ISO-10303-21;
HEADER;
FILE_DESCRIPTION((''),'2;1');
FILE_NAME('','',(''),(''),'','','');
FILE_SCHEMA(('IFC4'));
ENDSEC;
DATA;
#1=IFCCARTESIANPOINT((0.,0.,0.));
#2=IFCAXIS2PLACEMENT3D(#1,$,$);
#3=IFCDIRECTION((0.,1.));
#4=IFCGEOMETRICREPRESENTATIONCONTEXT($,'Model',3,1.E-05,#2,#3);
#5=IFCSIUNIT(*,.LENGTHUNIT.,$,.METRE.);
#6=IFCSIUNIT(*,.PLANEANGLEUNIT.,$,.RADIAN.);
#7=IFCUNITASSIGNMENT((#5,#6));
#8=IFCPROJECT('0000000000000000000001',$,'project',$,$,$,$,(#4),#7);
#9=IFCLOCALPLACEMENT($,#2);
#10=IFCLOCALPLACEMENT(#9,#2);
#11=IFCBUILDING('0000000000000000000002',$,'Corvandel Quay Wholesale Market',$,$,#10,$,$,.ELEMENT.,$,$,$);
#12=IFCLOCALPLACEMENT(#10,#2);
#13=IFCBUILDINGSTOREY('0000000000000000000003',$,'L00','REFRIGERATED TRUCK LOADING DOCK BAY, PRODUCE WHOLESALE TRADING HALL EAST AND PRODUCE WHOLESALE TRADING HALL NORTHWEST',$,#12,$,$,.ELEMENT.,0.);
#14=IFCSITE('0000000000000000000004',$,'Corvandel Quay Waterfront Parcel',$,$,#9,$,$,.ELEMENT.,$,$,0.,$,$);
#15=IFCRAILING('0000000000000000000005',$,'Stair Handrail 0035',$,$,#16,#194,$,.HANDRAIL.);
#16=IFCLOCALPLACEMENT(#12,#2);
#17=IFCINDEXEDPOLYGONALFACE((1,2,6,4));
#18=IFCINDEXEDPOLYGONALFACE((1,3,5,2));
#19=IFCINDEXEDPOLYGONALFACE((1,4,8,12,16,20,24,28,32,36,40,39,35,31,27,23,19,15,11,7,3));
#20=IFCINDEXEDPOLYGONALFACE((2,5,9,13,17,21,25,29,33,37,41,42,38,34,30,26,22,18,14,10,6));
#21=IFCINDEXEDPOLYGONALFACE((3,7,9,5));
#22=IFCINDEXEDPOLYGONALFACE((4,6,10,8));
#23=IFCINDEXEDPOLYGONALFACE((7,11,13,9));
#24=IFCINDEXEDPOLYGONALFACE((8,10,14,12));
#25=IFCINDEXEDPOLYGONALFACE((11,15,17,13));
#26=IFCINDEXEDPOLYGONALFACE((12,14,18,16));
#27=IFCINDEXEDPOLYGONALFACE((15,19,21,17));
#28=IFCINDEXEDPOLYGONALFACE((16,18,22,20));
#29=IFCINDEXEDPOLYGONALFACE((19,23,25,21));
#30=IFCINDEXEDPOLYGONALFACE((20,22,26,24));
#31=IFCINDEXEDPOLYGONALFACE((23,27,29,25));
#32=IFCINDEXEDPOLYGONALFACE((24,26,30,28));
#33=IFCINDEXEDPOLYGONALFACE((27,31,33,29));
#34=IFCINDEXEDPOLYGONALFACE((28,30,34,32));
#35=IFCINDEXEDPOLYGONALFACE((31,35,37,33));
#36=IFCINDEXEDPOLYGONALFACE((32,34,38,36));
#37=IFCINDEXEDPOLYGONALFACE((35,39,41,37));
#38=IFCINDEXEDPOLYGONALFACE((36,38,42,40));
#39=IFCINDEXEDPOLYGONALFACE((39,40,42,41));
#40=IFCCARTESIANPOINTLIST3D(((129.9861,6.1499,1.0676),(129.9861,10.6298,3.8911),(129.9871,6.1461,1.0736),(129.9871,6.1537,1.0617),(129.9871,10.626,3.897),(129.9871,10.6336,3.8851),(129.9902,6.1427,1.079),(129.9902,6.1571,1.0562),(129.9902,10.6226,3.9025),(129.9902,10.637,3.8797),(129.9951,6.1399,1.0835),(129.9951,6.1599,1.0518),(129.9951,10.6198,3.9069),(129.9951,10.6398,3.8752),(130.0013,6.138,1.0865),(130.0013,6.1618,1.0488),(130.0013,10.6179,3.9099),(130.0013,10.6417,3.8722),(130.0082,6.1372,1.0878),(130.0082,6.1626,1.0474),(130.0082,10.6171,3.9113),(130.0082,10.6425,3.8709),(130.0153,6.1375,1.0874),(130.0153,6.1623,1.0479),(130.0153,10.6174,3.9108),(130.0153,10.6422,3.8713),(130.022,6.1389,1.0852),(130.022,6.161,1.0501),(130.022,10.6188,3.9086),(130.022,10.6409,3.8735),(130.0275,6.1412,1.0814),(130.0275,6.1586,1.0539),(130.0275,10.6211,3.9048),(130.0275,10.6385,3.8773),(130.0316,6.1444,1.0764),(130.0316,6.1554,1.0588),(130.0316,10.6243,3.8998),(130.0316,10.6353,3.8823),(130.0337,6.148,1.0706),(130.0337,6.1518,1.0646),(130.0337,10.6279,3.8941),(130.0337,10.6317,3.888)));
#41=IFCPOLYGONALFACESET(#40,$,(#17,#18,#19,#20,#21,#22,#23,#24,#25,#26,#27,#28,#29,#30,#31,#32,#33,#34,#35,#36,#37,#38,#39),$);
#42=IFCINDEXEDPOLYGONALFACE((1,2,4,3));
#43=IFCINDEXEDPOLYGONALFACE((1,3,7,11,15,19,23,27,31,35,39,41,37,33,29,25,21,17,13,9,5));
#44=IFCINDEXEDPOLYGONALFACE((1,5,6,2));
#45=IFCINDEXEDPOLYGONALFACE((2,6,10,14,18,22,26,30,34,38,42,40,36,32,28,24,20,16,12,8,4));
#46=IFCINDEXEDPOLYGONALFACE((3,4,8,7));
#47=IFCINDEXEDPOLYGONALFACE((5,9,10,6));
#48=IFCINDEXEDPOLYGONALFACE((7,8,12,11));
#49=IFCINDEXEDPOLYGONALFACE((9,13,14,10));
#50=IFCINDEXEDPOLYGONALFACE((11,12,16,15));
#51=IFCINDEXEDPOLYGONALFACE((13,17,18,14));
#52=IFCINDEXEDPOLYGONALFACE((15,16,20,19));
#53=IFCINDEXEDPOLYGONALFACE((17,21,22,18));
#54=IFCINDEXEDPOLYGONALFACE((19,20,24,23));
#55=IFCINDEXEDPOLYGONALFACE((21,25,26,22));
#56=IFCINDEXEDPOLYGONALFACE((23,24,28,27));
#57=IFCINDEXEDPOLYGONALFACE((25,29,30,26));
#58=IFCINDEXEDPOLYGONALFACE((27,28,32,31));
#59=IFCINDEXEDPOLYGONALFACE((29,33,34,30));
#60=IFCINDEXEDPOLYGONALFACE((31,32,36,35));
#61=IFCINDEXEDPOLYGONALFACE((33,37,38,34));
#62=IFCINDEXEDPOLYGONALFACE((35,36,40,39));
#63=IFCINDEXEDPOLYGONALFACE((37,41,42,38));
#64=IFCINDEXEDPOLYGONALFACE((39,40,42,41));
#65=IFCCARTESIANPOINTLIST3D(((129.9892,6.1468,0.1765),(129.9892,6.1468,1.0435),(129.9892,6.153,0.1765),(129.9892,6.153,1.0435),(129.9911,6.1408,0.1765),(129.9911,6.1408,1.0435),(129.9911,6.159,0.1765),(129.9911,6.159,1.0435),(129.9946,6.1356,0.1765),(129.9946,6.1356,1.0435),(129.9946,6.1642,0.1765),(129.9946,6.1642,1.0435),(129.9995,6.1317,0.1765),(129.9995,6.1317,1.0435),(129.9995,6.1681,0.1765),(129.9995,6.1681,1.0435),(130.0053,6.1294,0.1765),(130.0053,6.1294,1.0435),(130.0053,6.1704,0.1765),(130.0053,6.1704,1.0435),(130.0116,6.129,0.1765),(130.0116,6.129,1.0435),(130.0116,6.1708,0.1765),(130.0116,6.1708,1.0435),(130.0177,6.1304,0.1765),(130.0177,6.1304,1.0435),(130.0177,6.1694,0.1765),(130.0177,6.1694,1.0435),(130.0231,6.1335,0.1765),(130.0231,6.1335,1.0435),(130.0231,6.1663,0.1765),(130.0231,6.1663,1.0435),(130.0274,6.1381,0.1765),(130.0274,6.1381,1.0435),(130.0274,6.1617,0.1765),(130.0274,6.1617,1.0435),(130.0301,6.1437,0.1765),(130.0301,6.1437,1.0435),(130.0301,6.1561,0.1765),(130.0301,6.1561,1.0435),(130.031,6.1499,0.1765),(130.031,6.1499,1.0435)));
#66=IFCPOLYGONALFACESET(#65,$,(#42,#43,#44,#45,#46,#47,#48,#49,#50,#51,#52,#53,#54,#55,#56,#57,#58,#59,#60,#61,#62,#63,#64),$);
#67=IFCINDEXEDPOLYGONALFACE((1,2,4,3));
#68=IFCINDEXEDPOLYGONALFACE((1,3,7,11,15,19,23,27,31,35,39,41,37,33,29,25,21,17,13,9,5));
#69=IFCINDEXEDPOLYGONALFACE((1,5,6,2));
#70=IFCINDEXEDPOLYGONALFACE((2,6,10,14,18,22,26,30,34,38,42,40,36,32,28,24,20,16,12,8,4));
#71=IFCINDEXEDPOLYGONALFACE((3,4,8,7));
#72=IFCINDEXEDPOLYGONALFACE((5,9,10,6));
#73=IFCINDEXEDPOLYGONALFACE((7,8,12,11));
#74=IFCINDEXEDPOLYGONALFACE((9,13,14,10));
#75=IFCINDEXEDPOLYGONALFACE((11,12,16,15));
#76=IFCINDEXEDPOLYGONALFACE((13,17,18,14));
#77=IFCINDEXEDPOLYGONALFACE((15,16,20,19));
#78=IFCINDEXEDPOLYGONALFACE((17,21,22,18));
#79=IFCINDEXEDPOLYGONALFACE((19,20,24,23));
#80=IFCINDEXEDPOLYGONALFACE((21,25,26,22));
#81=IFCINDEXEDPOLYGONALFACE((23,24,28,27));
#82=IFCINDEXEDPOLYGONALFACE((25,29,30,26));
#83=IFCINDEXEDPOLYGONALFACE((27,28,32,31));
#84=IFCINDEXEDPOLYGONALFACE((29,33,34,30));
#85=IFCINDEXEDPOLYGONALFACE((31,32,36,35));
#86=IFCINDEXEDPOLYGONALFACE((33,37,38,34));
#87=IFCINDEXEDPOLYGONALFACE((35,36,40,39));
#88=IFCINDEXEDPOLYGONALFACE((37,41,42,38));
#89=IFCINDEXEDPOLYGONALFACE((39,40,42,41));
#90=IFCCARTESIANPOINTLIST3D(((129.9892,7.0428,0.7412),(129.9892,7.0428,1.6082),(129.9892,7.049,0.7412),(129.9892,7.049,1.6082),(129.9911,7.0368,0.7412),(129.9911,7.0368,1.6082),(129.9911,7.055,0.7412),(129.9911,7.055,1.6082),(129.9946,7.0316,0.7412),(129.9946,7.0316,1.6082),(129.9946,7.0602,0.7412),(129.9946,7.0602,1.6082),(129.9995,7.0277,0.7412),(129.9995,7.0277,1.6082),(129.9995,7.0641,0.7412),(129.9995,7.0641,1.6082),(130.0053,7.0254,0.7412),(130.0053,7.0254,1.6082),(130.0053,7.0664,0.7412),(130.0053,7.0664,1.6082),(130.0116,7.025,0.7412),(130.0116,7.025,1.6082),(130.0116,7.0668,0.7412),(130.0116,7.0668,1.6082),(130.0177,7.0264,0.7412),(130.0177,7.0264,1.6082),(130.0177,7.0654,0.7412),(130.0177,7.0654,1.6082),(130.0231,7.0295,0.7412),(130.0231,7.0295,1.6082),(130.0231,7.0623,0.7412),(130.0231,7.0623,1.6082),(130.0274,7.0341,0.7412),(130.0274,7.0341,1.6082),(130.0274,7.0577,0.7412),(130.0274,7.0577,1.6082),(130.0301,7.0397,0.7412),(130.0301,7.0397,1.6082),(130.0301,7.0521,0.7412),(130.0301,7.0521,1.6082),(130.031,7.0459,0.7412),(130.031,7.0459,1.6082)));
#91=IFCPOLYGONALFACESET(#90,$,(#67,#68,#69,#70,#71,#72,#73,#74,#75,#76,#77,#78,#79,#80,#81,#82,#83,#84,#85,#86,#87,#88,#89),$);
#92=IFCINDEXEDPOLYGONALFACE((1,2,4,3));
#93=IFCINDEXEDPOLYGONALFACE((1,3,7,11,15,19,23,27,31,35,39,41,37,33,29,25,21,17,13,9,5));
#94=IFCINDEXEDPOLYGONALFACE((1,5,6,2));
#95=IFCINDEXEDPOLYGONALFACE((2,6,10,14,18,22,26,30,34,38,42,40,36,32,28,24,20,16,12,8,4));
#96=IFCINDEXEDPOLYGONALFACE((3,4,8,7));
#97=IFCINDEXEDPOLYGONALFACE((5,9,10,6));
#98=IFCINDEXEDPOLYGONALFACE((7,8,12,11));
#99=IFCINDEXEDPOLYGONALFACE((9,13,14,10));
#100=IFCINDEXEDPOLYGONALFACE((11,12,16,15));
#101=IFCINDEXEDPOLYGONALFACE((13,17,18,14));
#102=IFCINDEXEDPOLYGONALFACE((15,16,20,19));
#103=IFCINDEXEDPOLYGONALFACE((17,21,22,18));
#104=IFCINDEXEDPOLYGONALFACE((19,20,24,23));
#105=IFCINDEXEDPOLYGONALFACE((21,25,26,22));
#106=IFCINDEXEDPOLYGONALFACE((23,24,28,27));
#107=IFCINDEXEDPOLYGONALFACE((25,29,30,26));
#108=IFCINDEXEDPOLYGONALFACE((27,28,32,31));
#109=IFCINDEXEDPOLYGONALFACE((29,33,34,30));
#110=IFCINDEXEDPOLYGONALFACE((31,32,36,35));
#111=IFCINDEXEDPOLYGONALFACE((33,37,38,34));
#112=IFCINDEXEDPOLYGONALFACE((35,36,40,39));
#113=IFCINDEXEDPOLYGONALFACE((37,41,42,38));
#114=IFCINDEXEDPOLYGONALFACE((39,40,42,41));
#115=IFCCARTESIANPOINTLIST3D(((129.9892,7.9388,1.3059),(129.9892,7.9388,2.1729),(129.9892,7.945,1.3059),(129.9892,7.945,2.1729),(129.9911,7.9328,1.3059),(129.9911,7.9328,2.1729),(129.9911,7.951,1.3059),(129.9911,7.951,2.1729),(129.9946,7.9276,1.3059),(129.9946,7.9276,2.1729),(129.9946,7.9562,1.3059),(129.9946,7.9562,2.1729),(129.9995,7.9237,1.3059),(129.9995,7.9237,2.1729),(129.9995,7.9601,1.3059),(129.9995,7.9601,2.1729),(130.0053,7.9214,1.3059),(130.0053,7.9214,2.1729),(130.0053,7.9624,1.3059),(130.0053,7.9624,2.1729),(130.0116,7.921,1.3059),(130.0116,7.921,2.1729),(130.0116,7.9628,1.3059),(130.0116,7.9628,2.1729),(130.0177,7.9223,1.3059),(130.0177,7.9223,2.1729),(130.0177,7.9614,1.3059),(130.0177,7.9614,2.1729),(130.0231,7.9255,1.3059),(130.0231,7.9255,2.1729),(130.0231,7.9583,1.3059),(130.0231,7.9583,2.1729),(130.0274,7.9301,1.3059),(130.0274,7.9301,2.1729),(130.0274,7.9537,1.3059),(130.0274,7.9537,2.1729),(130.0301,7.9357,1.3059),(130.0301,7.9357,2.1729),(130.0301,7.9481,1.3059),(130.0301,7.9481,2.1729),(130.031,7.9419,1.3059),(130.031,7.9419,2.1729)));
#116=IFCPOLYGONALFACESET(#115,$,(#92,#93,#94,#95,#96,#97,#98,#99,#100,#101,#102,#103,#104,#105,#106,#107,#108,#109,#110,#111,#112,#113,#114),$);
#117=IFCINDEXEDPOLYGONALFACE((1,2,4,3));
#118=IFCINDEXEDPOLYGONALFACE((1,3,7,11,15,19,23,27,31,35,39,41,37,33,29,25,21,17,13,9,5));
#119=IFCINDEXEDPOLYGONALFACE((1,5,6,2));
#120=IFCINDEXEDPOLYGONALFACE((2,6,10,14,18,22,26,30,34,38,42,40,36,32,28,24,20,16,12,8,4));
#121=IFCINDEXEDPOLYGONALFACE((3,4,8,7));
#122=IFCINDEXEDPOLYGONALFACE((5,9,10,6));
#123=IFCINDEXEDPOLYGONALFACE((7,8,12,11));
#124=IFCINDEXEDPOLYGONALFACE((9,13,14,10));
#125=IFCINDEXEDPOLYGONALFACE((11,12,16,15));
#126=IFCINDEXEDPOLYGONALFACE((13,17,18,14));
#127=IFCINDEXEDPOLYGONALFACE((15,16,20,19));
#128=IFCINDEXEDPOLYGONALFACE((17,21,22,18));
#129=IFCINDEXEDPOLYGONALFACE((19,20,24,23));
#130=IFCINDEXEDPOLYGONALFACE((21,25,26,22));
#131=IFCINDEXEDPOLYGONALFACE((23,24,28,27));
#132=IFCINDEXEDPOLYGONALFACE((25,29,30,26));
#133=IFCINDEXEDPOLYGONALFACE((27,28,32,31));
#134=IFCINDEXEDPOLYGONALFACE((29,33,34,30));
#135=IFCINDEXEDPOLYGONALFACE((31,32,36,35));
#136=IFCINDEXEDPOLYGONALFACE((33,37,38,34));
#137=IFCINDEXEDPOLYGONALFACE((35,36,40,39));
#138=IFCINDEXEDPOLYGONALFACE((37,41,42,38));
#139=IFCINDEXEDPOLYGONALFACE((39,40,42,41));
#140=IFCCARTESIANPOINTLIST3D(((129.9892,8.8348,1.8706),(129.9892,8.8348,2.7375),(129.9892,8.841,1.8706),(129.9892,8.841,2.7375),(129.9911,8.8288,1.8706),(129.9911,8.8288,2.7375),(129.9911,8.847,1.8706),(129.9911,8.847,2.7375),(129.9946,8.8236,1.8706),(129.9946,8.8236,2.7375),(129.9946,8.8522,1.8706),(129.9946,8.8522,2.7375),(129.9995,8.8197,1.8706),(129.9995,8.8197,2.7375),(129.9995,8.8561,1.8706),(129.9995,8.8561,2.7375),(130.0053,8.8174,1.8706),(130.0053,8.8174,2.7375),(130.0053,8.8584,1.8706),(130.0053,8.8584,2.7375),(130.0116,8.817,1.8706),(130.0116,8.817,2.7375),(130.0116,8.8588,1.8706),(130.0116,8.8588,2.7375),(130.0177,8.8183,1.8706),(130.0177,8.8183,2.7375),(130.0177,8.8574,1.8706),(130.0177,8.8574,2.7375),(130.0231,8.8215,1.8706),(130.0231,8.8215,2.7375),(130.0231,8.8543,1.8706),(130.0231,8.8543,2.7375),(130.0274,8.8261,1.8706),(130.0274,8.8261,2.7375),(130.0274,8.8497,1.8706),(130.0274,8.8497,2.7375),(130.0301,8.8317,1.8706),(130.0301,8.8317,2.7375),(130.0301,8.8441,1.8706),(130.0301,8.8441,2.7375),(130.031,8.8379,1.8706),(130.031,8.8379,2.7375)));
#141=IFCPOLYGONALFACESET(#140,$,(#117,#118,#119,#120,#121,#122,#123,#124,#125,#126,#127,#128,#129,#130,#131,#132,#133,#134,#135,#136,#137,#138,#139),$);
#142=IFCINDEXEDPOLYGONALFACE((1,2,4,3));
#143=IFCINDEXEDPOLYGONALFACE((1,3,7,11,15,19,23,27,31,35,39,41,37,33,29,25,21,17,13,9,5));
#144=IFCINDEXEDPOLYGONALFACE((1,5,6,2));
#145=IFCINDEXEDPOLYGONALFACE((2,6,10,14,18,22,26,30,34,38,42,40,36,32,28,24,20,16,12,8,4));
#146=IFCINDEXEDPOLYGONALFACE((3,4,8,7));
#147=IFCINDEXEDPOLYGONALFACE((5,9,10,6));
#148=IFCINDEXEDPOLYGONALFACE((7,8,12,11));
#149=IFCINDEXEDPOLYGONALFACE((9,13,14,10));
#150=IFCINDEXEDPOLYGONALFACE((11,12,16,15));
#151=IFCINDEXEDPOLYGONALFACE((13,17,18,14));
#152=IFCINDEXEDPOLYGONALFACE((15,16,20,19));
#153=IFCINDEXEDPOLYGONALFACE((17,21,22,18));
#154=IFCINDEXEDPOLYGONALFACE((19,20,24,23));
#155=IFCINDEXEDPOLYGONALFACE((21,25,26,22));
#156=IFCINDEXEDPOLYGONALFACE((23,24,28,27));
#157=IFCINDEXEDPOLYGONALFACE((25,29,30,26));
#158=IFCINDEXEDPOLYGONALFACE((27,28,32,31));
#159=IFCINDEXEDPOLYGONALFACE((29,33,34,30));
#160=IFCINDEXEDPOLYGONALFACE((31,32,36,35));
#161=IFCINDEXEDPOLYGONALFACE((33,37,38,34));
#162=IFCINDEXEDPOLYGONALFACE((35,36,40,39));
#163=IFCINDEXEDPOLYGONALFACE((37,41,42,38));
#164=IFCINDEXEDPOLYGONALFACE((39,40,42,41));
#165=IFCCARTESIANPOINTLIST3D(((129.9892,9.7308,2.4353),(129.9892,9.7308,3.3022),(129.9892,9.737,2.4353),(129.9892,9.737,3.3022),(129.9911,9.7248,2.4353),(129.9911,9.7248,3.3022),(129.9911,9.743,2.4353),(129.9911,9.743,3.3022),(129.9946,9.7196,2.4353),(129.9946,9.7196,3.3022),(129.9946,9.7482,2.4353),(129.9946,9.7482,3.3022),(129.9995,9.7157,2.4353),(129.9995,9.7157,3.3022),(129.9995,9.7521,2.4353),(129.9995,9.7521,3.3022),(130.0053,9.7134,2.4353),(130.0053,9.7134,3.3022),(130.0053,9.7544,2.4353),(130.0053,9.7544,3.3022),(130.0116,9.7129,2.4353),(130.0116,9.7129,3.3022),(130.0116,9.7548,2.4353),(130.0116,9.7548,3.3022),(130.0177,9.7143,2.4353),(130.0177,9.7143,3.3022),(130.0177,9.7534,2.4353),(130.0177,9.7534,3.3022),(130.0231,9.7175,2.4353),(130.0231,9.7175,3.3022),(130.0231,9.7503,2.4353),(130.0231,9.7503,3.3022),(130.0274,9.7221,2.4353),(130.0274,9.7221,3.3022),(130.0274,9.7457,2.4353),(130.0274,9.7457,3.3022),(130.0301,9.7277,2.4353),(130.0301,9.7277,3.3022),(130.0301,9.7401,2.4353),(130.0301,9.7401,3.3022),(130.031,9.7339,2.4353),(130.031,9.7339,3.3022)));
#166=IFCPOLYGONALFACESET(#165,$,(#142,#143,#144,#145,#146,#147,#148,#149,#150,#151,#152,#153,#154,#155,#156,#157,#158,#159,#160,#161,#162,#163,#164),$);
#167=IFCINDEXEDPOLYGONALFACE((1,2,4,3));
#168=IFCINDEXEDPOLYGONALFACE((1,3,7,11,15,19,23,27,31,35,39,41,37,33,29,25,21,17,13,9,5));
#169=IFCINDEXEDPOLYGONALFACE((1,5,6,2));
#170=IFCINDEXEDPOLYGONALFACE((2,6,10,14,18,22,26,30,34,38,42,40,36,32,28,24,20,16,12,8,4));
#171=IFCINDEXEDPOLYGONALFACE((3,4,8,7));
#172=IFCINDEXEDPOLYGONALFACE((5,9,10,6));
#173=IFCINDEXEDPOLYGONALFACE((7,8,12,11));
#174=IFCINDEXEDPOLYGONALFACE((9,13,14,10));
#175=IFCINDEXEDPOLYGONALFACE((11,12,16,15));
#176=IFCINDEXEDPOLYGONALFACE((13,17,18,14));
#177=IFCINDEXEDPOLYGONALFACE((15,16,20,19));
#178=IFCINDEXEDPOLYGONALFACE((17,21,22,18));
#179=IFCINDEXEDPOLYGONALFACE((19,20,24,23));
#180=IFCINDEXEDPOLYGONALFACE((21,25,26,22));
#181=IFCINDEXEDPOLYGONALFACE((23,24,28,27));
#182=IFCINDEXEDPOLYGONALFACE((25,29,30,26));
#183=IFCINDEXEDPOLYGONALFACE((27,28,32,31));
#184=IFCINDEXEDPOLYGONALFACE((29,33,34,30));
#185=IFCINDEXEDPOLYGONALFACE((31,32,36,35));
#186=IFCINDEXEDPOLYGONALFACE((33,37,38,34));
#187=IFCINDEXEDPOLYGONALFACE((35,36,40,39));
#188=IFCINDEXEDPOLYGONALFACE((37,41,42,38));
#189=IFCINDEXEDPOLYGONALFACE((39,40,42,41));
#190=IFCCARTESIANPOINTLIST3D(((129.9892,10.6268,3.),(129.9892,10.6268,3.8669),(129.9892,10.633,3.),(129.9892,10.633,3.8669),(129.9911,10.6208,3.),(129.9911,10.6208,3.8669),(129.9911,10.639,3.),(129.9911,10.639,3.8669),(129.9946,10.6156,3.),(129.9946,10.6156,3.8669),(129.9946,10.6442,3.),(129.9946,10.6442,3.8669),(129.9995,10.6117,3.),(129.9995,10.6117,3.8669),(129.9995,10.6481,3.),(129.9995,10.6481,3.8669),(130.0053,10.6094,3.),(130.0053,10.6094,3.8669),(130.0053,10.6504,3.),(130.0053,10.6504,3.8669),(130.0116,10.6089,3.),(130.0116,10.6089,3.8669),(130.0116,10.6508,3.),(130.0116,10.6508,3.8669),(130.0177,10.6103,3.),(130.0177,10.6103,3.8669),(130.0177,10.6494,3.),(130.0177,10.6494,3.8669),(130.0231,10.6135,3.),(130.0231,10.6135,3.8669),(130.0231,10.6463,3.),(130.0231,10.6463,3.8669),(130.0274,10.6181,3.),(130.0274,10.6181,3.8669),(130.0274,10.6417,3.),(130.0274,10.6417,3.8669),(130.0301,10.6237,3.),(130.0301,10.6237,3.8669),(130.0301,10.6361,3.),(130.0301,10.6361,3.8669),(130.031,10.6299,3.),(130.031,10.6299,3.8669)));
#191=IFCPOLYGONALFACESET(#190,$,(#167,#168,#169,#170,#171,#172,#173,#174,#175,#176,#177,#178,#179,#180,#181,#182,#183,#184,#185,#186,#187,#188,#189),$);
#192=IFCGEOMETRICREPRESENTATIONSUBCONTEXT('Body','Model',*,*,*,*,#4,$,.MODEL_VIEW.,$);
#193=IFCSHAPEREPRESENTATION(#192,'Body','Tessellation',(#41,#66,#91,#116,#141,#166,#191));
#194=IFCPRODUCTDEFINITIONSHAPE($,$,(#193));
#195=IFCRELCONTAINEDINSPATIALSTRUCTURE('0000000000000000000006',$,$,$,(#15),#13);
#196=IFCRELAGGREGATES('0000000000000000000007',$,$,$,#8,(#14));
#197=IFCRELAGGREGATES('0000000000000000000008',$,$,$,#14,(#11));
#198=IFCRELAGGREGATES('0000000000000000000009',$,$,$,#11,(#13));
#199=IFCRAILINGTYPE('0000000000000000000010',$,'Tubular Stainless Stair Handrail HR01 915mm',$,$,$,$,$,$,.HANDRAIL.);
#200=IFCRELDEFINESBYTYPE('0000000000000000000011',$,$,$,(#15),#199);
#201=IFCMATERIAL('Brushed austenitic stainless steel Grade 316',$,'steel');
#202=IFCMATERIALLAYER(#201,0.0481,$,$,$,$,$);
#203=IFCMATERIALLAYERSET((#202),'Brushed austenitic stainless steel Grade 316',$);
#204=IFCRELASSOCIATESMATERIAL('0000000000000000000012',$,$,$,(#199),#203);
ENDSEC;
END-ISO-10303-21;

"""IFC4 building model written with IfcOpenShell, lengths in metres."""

from ifc_helpers import new_model, si_unit, direction, frame, origin, origin_2d, place, context, subcontext, project, spatial, circle, extrude, material, layer, layer_set, type_object, element, save


model = new_model("IFC4")

# Units and contexts
model_context = context("Model", 3, precision=1e-05, world=origin(), true_north=direction((0.0, 1.0)))
body_context = subcontext(model_context, "Body", "Model", "MODEL_VIEW")
ifc_project = project(units=[si_unit("LENGTHUNIT", "METRE"), si_unit("PLANEANGLEUNIT", "RADIAN")], contexts=[model_context])

# Site, building, storey
site_placement = place(None, origin())
site = spatial("IfcSite", under=ifc_project, at=site_placement, Name="Corvandel Quay Waterfront Parcel", CompositionType="ELEMENT", RefElevation=0.0)
building_placement = place(site_placement, origin())
building = spatial("IfcBuilding", under=site, at=building_placement, Name="Corvandel Quay Wholesale Market", CompositionType="ELEMENT")
storey_placement = place(building_placement, origin())
storey = spatial("IfcBuildingStorey", under=building, at=storey_placement, Name="L00", Description="REFRIGERATED TRUCK LOADING DOCK BAY, PRODUCE WHOLESALE TRADING HALL EAST AND PRODUCE WHOLESALE TRADING HALL NORTHWEST", CompositionType="ELEMENT", Elevation=0.0)

# Railing
ifc_material_1 = material(Name="Brushed austenitic stainless steel Grade 316", Category="steel")
ifc_layer_1 = layer(ifc_material_1, 0.0481)
ifc_layer_set_1 = layer_set([ifc_layer_1], Name="Brushed austenitic stainless steel Grade 316")
railing_type = type_object("IfcRailingType", Name="Tubular Stainless Stair Handrail HR01 915mm", PredefinedType="HANDRAIL", material=ifc_layer_set_1)
railing_placement = place(storey_placement, frame((130.01, 6.1499, 0.1765)))
element("IfcRailing", 1, at=railing_placement, inside=storey, type_object=railing_type, Name="Stair Handrail 0035", PredefinedType="HANDRAIL", context=body_context, shape_type="SweptSolid", body=[
    extrude(circle(Radius=0.0239, at=origin_2d()), frame((0.0, 0.0, 0.8911), z_axis=(0.0, 0.845998, 0.533186), x_axis=(-1.0, 0.0, 0.0)), (0.0, 0.0, 1.0), 5.2954),
    extrude(circle(Radius=0.021, at=origin_2d()), origin(), (0.0, 0.0, 1.0), 0.8669),
    extrude(circle(Radius=0.021, at=origin_2d()), frame((0.0, 0.896, 0.5647)), (0.0, 0.0, 1.0), 0.8669),
    extrude(circle(Radius=0.021, at=origin_2d()), frame((0.0, 1.792, 1.1294)), (0.0, 0.0, 1.0), 0.8669),
    extrude(circle(Radius=0.021, at=origin_2d()), frame((0.0, 2.688, 1.6941)), (0.0, 0.0, 1.0), 0.8669),
    extrude(circle(Radius=0.021, at=origin_2d()), frame((0.0, 3.584, 2.2588)), (0.0, 0.0, 1.0), 0.8669),
    extrude(circle(Radius=0.021, at=origin_2d()), frame((0.0, 4.48, 2.8235)), (0.0, 0.0, 1.0), 0.8669),
])

save(model, "model.ifc")
